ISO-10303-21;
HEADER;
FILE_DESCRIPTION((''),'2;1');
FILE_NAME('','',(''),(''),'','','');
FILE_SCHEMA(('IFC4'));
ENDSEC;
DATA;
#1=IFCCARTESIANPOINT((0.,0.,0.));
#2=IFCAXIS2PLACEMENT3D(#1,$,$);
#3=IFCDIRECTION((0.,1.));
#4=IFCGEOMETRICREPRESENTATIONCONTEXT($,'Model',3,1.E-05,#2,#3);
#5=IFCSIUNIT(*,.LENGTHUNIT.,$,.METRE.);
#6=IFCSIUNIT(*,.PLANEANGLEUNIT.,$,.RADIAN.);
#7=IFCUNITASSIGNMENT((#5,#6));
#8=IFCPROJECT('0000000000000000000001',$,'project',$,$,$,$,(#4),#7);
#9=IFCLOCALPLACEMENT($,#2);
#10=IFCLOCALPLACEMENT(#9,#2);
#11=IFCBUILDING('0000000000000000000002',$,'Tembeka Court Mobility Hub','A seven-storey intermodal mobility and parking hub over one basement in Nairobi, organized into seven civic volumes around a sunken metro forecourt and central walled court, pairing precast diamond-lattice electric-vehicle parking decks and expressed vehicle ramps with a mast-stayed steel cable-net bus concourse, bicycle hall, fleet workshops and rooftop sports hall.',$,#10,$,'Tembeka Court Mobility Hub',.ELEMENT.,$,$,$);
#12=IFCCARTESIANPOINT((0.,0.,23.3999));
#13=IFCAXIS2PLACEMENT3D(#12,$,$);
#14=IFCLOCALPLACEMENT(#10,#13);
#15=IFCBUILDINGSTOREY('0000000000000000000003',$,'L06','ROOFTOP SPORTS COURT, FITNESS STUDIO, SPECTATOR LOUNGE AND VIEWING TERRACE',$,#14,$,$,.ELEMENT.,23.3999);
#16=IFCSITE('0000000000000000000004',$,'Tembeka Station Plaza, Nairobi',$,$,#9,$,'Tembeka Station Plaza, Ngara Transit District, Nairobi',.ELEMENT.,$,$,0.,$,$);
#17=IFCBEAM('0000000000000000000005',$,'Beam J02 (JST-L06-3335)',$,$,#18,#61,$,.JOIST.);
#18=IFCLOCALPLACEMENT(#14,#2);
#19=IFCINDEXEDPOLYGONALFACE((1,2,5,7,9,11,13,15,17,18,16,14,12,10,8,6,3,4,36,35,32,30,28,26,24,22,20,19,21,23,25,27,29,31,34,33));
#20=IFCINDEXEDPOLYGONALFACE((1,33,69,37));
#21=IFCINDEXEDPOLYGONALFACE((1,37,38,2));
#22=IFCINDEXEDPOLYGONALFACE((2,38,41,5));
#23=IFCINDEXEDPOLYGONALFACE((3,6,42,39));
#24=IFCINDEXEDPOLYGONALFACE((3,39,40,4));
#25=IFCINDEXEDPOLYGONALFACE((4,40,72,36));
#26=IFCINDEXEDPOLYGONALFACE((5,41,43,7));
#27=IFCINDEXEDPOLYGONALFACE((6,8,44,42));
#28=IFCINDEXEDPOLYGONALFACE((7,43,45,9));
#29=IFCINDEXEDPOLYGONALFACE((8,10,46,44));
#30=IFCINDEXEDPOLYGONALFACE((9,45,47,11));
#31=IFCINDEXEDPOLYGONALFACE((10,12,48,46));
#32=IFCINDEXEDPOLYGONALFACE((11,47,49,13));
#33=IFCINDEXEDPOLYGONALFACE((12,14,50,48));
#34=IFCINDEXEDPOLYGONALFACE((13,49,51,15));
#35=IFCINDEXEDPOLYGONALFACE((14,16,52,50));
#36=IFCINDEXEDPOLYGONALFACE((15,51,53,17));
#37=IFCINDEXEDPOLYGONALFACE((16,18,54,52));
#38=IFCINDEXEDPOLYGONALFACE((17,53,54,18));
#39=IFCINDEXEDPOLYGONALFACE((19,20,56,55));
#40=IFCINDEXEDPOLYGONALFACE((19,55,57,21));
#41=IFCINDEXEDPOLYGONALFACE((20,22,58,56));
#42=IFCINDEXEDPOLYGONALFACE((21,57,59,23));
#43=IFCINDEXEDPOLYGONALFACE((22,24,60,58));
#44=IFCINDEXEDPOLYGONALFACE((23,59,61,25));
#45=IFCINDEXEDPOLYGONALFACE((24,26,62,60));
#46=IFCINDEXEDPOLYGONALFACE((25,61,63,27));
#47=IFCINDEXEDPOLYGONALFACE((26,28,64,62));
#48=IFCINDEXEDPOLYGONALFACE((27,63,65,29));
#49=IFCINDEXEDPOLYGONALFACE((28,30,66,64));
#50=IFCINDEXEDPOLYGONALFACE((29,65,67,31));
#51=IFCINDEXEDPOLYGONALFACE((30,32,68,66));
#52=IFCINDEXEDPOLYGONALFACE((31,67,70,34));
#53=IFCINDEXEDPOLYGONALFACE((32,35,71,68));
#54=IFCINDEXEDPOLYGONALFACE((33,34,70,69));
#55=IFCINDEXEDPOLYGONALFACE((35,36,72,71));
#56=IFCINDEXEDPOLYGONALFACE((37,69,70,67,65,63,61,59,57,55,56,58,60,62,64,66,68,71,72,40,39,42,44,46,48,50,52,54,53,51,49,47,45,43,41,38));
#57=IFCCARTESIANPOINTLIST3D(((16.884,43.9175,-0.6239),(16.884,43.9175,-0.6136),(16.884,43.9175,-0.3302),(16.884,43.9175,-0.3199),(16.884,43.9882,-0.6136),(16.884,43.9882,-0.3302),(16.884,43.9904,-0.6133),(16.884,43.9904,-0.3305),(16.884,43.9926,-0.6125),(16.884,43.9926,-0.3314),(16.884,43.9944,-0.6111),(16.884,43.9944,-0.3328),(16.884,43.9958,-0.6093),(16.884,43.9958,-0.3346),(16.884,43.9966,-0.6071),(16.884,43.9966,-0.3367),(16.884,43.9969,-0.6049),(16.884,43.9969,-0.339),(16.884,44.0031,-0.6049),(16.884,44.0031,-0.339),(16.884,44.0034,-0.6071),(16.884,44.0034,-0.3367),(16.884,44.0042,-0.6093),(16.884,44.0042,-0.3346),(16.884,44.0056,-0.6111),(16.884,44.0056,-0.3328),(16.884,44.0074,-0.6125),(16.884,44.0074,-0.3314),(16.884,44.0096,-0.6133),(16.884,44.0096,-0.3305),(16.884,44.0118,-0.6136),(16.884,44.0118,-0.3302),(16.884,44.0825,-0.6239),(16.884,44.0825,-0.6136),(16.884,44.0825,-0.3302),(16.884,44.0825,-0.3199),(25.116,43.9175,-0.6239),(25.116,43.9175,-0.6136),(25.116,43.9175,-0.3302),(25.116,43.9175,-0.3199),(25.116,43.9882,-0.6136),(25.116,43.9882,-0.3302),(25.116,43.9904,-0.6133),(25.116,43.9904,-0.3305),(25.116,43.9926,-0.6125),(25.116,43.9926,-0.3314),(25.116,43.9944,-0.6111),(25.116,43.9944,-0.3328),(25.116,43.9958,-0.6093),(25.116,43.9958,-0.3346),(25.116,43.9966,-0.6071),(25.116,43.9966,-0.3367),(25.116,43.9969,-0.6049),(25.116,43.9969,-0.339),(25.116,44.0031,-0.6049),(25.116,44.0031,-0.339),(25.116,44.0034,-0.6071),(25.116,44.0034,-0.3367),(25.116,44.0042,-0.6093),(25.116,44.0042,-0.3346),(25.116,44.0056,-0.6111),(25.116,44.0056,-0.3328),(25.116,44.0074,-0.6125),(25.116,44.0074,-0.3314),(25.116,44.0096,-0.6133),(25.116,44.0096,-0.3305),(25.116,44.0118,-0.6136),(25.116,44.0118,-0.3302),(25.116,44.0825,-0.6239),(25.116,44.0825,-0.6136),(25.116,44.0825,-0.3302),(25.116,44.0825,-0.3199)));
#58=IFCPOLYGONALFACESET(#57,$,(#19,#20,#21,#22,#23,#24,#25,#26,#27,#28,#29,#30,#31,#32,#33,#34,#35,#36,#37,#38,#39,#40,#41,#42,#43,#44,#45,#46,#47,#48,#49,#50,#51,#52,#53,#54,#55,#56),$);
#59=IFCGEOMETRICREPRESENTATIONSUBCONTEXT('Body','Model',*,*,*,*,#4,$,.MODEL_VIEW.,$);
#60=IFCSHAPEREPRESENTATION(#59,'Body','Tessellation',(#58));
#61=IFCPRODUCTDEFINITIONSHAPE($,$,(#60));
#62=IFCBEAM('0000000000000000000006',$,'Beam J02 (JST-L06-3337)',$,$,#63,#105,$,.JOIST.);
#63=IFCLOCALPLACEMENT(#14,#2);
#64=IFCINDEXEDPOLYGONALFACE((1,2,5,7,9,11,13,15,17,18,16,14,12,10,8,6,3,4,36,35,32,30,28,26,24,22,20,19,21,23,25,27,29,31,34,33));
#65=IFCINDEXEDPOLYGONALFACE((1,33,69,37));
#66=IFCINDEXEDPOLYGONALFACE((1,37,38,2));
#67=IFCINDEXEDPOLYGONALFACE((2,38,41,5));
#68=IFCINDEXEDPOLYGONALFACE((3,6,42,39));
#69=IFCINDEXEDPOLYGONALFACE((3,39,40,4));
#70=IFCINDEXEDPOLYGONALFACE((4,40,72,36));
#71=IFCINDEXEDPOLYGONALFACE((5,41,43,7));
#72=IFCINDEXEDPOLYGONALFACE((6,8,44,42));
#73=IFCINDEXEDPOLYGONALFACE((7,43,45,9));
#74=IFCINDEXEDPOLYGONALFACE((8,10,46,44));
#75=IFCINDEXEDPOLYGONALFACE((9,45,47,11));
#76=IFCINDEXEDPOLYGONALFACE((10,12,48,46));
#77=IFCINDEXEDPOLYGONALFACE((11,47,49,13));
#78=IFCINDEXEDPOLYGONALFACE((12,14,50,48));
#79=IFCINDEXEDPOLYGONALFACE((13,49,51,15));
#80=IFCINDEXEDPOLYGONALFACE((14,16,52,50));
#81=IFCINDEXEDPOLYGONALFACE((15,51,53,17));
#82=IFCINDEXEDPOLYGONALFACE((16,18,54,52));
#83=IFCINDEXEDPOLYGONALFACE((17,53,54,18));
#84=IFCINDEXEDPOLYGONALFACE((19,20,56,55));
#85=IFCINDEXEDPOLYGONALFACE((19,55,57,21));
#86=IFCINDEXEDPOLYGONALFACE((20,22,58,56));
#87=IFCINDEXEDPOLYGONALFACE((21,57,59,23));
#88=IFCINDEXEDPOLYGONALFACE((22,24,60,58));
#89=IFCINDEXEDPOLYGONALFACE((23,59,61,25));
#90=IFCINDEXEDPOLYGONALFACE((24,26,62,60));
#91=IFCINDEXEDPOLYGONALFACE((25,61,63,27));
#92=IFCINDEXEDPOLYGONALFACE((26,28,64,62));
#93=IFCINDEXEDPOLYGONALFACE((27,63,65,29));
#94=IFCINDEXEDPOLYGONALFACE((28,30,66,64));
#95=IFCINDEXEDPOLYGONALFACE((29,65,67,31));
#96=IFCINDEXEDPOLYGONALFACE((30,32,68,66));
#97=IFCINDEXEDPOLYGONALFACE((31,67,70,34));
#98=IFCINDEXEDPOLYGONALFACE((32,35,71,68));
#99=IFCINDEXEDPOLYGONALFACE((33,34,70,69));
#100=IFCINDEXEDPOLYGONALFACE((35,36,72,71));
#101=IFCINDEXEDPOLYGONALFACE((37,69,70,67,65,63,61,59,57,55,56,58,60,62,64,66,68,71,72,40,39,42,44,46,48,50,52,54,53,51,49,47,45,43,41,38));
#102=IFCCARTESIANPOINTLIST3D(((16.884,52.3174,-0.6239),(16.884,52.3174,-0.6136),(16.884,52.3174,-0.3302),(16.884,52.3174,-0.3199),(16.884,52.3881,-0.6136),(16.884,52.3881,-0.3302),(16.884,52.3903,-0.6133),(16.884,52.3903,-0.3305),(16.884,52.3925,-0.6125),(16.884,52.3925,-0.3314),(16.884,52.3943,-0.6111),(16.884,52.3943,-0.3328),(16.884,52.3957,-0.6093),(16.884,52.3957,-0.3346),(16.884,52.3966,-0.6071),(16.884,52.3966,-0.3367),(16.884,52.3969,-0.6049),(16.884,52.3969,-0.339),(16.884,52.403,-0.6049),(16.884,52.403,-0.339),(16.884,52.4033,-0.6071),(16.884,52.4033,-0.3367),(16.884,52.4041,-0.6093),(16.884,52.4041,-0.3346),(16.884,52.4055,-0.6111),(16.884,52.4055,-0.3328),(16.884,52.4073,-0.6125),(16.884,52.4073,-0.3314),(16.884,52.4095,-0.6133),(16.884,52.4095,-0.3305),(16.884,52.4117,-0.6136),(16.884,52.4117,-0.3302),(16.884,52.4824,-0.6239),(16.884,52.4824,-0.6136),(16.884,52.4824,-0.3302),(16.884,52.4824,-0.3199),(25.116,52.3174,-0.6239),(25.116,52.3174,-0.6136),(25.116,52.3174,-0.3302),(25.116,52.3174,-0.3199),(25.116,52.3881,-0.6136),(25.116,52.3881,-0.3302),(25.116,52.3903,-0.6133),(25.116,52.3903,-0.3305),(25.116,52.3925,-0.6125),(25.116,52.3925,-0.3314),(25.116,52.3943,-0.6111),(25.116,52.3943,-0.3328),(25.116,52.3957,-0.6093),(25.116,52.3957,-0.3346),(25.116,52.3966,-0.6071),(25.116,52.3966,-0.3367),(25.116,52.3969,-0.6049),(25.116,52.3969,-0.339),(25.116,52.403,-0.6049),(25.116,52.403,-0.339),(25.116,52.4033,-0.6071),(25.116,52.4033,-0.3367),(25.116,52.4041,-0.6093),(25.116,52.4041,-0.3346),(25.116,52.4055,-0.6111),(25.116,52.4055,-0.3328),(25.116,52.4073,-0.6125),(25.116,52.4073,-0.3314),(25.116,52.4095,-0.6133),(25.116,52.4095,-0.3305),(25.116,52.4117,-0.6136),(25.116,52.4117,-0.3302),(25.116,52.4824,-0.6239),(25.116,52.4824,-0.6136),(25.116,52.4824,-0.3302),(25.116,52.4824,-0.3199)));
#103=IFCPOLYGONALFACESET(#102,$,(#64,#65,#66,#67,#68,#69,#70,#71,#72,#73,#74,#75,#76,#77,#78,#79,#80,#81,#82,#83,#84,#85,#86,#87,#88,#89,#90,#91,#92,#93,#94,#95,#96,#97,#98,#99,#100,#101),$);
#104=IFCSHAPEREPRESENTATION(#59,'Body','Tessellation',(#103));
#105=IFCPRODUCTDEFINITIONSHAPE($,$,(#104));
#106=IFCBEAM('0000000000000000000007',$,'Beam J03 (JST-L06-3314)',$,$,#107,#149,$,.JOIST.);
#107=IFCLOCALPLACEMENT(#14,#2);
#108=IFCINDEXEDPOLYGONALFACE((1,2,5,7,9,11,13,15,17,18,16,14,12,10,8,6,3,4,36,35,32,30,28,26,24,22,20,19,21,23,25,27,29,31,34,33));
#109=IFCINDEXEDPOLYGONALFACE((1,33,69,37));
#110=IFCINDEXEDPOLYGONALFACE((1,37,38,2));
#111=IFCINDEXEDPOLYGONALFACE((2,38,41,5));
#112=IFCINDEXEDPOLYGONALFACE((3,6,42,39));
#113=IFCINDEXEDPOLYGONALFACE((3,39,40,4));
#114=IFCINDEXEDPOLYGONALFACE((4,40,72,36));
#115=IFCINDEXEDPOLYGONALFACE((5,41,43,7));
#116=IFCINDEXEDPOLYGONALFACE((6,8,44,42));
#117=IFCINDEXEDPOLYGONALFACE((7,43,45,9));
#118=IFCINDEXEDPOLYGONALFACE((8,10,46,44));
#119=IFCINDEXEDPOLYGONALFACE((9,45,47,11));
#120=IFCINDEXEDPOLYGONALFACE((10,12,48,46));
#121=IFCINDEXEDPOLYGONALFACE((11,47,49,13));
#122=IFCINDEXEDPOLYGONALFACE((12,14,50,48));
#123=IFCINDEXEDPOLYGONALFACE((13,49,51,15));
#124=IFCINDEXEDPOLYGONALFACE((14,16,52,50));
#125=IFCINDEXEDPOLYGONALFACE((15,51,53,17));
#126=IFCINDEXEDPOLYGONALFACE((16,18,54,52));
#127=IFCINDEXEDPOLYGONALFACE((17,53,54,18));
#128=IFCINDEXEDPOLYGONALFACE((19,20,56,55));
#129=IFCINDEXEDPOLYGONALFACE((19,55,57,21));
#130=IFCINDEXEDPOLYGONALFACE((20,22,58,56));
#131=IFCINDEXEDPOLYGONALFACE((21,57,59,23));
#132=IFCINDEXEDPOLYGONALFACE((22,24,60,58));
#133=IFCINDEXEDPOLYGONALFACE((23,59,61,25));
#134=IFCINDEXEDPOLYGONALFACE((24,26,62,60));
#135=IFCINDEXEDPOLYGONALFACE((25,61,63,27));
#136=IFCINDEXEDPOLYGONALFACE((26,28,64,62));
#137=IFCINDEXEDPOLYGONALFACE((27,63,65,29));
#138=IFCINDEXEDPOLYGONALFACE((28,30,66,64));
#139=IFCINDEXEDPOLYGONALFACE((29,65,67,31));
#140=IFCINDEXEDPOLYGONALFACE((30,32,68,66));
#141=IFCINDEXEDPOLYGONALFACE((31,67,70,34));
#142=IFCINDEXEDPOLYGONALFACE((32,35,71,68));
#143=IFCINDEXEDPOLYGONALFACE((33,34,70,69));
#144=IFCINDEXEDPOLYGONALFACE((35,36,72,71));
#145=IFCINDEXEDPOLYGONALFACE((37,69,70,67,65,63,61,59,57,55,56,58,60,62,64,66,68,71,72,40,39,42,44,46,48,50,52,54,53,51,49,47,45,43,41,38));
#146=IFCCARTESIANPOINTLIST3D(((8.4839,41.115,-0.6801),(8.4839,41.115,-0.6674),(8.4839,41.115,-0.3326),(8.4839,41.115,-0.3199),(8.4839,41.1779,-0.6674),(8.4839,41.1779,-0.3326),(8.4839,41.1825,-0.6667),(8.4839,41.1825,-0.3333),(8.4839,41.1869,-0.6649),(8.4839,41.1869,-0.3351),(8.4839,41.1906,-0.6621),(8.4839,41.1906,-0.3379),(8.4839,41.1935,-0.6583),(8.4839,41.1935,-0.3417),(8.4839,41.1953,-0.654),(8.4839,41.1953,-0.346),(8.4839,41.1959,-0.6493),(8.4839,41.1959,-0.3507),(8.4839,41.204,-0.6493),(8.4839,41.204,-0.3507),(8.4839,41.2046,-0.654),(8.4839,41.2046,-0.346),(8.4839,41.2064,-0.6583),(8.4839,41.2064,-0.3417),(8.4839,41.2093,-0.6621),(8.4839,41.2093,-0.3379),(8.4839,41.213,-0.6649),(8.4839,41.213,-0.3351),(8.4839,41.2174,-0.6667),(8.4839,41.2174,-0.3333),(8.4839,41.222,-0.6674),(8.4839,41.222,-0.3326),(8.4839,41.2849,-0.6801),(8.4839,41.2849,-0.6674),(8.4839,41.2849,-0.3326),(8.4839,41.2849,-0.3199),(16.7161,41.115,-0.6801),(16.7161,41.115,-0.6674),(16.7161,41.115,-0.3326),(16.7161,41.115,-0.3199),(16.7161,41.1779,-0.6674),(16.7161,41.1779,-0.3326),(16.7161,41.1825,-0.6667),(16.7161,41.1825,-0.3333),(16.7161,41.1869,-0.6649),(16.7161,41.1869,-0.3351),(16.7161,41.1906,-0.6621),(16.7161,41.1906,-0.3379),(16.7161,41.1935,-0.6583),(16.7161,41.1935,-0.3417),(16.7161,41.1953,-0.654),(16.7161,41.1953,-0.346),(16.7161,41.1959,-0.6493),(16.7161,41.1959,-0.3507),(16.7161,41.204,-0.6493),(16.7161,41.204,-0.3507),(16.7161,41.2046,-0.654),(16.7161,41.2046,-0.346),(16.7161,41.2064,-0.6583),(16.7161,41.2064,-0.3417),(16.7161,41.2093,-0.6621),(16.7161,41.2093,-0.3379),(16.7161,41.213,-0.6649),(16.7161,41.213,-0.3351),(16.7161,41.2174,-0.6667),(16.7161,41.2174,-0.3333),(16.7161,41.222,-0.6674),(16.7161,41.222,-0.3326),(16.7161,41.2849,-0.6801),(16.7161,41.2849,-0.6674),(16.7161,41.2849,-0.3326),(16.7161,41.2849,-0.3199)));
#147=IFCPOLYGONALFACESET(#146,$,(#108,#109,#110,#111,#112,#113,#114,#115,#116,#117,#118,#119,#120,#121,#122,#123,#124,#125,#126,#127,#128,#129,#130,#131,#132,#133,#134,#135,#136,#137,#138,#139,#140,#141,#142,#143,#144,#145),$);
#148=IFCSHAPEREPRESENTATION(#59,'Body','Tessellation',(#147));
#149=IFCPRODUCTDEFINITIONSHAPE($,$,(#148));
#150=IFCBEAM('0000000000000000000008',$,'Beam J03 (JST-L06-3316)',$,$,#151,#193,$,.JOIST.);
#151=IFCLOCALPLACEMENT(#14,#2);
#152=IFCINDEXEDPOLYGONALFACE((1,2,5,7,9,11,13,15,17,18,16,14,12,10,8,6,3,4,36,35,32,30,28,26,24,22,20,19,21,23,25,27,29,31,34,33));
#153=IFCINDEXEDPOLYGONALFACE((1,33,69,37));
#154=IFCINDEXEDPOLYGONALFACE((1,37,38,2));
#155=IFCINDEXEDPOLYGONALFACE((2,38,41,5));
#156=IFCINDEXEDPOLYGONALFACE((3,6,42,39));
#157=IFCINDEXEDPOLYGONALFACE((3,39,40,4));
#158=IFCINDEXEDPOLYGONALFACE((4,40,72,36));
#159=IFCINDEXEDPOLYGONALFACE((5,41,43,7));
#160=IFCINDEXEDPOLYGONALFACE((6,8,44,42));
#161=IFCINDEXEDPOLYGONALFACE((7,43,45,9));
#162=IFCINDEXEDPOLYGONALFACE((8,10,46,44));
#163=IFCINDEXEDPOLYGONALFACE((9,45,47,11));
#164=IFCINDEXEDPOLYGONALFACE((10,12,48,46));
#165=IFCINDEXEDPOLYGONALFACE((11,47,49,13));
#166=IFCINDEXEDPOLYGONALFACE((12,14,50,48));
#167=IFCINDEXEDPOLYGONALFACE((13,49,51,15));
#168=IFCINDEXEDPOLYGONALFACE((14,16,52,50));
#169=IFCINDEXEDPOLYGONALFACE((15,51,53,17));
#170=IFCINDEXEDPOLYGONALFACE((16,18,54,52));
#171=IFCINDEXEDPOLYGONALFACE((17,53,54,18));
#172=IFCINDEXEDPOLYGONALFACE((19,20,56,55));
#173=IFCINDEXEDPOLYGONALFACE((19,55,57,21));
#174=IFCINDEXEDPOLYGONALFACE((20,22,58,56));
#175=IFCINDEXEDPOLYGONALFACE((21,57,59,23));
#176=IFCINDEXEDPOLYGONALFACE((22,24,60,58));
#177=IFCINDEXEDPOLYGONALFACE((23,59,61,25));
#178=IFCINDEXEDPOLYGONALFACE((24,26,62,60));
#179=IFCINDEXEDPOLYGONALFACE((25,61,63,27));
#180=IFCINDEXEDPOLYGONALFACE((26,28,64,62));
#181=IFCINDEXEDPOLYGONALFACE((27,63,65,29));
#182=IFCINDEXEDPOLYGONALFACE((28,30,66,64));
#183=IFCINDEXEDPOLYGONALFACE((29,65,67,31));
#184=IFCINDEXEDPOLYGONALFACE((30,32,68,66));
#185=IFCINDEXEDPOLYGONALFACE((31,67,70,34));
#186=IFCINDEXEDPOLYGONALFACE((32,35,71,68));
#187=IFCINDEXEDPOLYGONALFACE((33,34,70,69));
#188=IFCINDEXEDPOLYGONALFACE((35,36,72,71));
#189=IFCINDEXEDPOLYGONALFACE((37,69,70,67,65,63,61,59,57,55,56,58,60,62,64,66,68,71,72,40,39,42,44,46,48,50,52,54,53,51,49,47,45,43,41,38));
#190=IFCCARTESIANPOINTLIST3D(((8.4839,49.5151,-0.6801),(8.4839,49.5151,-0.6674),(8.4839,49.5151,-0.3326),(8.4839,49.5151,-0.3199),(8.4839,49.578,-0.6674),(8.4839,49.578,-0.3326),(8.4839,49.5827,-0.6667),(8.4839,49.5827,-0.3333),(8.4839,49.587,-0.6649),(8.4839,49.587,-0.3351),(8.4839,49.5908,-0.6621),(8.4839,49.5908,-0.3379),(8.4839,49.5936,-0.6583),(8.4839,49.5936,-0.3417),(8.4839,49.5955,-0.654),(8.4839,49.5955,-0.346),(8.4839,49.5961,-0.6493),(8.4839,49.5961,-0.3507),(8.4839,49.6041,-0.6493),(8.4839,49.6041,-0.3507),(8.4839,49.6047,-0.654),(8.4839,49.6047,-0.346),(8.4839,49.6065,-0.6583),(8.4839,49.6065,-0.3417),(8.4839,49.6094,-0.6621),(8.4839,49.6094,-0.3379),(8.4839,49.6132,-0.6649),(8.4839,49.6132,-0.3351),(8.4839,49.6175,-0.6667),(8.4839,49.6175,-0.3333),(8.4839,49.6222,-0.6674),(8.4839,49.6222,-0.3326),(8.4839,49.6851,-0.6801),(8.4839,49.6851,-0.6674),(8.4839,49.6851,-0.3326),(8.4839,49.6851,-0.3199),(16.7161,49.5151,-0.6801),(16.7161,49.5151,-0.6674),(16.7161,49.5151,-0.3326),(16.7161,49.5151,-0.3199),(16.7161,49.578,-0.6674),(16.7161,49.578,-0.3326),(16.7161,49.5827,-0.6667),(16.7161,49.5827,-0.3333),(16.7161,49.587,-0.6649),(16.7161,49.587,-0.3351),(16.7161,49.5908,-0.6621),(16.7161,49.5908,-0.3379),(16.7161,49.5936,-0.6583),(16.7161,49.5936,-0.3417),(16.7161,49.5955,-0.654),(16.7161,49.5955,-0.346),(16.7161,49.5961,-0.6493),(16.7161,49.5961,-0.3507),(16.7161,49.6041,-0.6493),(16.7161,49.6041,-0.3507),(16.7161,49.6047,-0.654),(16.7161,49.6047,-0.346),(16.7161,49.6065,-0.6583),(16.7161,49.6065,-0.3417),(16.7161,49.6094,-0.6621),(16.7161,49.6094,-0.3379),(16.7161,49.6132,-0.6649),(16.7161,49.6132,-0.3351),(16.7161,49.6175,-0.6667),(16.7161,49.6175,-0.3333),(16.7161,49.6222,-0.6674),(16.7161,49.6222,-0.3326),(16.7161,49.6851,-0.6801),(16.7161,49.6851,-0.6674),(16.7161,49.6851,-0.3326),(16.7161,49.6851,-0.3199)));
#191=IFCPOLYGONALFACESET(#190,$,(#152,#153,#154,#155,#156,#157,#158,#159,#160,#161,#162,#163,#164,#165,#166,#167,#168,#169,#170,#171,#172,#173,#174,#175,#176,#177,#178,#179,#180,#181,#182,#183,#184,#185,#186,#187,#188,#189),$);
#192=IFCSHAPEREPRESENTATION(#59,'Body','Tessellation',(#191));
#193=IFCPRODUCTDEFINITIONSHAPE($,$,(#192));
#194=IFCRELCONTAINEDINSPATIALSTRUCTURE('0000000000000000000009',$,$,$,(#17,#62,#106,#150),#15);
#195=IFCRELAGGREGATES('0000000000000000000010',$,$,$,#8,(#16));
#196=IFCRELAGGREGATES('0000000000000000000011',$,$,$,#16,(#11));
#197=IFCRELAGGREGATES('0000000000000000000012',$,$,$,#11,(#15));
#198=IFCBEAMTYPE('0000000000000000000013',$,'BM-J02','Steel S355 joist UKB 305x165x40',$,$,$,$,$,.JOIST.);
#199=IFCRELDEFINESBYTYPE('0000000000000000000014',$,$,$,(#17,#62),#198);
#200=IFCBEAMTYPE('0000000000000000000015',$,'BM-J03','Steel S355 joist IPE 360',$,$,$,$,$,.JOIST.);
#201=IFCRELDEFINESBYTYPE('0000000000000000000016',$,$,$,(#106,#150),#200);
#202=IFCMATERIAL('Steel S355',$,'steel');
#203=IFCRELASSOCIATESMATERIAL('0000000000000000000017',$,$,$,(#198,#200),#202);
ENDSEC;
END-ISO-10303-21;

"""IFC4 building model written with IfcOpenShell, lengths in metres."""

from ifc_helpers import new_model, si_unit, direction, frame, origin, origin_2d, place, context, subcontext, project, spatial, i_section, extrude, material, material_profile, profile_set, type_object, element, save


model = new_model("IFC4")

# Units and contexts
model_context = context("Model", 3, precision=1e-05, world=origin(), true_north=direction((0.0, 1.0)))
body_context = subcontext(model_context, "Body", "Model", "MODEL_VIEW")
ifc_project = project(units=[si_unit("LENGTHUNIT", "METRE"), si_unit("PLANEANGLEUNIT", "RADIAN")], contexts=[model_context])

# Site, building, storey
site_placement = place(None, origin())
site = spatial("IfcSite", under=ifc_project, at=site_placement, Name="Tembeka Station Plaza, Nairobi", LongName="Tembeka Station Plaza, Ngara Transit District, Nairobi", CompositionType="ELEMENT", RefElevation=0.0)
building_placement = place(site_placement, origin())
building = spatial("IfcBuilding", under=site, at=building_placement, Name="Tembeka Court Mobility Hub", Description="A seven-storey intermodal mobility and parking hub over one basement in Nairobi, organized into seven civic volumes around a sunken metro forecourt and central walled court, pairing precast diamond-lattice electric-vehicle parking decks and expressed vehicle ramps with a mast-stayed steel cable-net bus concourse, bicycle hall, fleet workshops and rooftop sports hall.", LongName="Tembeka Court Mobility Hub", CompositionType="ELEMENT")
storey_placement = place(building_placement, frame((0.0, 0.0, 23.3999)))
storey = spatial("IfcBuildingStorey", under=building, at=storey_placement, Name="L06", Description="ROOFTOP SPORTS COURT, FITNESS STUDIO, SPECTATOR LOUNGE AND VIEWING TERRACE", CompositionType="ELEMENT", Elevation=23.3999)

# Shared definitions
ifc_material = material(Name="Steel S355", Category="steel")

# Beams
ifc_material_profile_1 = material_profile(ifc_material, i_section(OverallWidth=0.165, OverallDepth=0.304, WebThickness=0.0061, FlangeThickness=0.0103, FilletRadius=0.0088, at=origin_2d()), Name="UKB 305x165x40")
ifc_profile_set_1 = profile_set([ifc_material_profile_1], Name="Steel S355")
beam_type_1 = type_object("IfcBeamType", Name="BM-J02", Description="Steel S355 joist UKB 305x165x40", PredefinedType="JOIST", material=ifc_profile_set_1)
for number, where, z_axis, x_axis, name in (
    (1, (16.884, 44.0, -0.4719), (1.0, 0.0, 0.0), (0.0, 1.0, 0.0), "Beam J02 (JST-L06-3335)"),
    (2, (16.884, 52.3999, -0.4719), (1.0, 0.0, 0.0), (0.0, 1.0, 0.0), "Beam J02 (JST-L06-3337)"),
):
    element("IfcBeam", number, at=place(storey_placement, frame(where, z_axis=z_axis, x_axis=x_axis)), inside=storey, type_object=beam_type_1, Name=name, PredefinedType="JOIST", context=body_context, shape_type="SweptSolid", body=[
        extrude(i_section(OverallWidth=0.165, OverallDepth=0.304, WebThickness=0.0061, FlangeThickness=0.0103, FilletRadius=0.0088, at=origin_2d()), origin(), (0.0, 0.0, 1.0), 8.2319),
    ])
ifc_material_profile_2 = material_profile(ifc_material, i_section(OverallWidth=0.1699, OverallDepth=0.3601, WebThickness=0.0081, FlangeThickness=0.0127, FilletRadius=0.0181, at=origin_2d()), Name="IPE 360")
ifc_profile_set_2 = profile_set([ifc_material_profile_2], Name="Steel S355")
beam_type_2 = type_object("IfcBeamType", Name="BM-J03", Description="Steel S355 joist IPE 360", PredefinedType="JOIST", material=ifc_profile_set_2)
for number, where, z_axis, x_axis, name in (
    (3, (8.4839, 41.2, -0.5), (1.0, 0.0, 0.0), (0.0, 1.0, 0.0), "Beam J03 (JST-L06-3314)"),
    (4, (8.4839, 49.6001, -0.5), (1.0, 0.0, 0.0), (0.0, 1.0, 0.0), "Beam J03 (JST-L06-3316)"),
):
    element("IfcBeam", number, at=place(storey_placement, frame(where, z_axis=z_axis, x_axis=x_axis)), inside=storey, type_object=beam_type_2, Name=name, PredefinedType="JOIST", context=body_context, shape_type="SweptSolid", body=[
        extrude(i_section(OverallWidth=0.1699, OverallDepth=0.3601, WebThickness=0.0081, FlangeThickness=0.0127, FilletRadius=0.0181, at=origin_2d()), origin(), (0.0, 0.0, 1.0), 8.2322),
    ])

save(model, "model.ifc")
